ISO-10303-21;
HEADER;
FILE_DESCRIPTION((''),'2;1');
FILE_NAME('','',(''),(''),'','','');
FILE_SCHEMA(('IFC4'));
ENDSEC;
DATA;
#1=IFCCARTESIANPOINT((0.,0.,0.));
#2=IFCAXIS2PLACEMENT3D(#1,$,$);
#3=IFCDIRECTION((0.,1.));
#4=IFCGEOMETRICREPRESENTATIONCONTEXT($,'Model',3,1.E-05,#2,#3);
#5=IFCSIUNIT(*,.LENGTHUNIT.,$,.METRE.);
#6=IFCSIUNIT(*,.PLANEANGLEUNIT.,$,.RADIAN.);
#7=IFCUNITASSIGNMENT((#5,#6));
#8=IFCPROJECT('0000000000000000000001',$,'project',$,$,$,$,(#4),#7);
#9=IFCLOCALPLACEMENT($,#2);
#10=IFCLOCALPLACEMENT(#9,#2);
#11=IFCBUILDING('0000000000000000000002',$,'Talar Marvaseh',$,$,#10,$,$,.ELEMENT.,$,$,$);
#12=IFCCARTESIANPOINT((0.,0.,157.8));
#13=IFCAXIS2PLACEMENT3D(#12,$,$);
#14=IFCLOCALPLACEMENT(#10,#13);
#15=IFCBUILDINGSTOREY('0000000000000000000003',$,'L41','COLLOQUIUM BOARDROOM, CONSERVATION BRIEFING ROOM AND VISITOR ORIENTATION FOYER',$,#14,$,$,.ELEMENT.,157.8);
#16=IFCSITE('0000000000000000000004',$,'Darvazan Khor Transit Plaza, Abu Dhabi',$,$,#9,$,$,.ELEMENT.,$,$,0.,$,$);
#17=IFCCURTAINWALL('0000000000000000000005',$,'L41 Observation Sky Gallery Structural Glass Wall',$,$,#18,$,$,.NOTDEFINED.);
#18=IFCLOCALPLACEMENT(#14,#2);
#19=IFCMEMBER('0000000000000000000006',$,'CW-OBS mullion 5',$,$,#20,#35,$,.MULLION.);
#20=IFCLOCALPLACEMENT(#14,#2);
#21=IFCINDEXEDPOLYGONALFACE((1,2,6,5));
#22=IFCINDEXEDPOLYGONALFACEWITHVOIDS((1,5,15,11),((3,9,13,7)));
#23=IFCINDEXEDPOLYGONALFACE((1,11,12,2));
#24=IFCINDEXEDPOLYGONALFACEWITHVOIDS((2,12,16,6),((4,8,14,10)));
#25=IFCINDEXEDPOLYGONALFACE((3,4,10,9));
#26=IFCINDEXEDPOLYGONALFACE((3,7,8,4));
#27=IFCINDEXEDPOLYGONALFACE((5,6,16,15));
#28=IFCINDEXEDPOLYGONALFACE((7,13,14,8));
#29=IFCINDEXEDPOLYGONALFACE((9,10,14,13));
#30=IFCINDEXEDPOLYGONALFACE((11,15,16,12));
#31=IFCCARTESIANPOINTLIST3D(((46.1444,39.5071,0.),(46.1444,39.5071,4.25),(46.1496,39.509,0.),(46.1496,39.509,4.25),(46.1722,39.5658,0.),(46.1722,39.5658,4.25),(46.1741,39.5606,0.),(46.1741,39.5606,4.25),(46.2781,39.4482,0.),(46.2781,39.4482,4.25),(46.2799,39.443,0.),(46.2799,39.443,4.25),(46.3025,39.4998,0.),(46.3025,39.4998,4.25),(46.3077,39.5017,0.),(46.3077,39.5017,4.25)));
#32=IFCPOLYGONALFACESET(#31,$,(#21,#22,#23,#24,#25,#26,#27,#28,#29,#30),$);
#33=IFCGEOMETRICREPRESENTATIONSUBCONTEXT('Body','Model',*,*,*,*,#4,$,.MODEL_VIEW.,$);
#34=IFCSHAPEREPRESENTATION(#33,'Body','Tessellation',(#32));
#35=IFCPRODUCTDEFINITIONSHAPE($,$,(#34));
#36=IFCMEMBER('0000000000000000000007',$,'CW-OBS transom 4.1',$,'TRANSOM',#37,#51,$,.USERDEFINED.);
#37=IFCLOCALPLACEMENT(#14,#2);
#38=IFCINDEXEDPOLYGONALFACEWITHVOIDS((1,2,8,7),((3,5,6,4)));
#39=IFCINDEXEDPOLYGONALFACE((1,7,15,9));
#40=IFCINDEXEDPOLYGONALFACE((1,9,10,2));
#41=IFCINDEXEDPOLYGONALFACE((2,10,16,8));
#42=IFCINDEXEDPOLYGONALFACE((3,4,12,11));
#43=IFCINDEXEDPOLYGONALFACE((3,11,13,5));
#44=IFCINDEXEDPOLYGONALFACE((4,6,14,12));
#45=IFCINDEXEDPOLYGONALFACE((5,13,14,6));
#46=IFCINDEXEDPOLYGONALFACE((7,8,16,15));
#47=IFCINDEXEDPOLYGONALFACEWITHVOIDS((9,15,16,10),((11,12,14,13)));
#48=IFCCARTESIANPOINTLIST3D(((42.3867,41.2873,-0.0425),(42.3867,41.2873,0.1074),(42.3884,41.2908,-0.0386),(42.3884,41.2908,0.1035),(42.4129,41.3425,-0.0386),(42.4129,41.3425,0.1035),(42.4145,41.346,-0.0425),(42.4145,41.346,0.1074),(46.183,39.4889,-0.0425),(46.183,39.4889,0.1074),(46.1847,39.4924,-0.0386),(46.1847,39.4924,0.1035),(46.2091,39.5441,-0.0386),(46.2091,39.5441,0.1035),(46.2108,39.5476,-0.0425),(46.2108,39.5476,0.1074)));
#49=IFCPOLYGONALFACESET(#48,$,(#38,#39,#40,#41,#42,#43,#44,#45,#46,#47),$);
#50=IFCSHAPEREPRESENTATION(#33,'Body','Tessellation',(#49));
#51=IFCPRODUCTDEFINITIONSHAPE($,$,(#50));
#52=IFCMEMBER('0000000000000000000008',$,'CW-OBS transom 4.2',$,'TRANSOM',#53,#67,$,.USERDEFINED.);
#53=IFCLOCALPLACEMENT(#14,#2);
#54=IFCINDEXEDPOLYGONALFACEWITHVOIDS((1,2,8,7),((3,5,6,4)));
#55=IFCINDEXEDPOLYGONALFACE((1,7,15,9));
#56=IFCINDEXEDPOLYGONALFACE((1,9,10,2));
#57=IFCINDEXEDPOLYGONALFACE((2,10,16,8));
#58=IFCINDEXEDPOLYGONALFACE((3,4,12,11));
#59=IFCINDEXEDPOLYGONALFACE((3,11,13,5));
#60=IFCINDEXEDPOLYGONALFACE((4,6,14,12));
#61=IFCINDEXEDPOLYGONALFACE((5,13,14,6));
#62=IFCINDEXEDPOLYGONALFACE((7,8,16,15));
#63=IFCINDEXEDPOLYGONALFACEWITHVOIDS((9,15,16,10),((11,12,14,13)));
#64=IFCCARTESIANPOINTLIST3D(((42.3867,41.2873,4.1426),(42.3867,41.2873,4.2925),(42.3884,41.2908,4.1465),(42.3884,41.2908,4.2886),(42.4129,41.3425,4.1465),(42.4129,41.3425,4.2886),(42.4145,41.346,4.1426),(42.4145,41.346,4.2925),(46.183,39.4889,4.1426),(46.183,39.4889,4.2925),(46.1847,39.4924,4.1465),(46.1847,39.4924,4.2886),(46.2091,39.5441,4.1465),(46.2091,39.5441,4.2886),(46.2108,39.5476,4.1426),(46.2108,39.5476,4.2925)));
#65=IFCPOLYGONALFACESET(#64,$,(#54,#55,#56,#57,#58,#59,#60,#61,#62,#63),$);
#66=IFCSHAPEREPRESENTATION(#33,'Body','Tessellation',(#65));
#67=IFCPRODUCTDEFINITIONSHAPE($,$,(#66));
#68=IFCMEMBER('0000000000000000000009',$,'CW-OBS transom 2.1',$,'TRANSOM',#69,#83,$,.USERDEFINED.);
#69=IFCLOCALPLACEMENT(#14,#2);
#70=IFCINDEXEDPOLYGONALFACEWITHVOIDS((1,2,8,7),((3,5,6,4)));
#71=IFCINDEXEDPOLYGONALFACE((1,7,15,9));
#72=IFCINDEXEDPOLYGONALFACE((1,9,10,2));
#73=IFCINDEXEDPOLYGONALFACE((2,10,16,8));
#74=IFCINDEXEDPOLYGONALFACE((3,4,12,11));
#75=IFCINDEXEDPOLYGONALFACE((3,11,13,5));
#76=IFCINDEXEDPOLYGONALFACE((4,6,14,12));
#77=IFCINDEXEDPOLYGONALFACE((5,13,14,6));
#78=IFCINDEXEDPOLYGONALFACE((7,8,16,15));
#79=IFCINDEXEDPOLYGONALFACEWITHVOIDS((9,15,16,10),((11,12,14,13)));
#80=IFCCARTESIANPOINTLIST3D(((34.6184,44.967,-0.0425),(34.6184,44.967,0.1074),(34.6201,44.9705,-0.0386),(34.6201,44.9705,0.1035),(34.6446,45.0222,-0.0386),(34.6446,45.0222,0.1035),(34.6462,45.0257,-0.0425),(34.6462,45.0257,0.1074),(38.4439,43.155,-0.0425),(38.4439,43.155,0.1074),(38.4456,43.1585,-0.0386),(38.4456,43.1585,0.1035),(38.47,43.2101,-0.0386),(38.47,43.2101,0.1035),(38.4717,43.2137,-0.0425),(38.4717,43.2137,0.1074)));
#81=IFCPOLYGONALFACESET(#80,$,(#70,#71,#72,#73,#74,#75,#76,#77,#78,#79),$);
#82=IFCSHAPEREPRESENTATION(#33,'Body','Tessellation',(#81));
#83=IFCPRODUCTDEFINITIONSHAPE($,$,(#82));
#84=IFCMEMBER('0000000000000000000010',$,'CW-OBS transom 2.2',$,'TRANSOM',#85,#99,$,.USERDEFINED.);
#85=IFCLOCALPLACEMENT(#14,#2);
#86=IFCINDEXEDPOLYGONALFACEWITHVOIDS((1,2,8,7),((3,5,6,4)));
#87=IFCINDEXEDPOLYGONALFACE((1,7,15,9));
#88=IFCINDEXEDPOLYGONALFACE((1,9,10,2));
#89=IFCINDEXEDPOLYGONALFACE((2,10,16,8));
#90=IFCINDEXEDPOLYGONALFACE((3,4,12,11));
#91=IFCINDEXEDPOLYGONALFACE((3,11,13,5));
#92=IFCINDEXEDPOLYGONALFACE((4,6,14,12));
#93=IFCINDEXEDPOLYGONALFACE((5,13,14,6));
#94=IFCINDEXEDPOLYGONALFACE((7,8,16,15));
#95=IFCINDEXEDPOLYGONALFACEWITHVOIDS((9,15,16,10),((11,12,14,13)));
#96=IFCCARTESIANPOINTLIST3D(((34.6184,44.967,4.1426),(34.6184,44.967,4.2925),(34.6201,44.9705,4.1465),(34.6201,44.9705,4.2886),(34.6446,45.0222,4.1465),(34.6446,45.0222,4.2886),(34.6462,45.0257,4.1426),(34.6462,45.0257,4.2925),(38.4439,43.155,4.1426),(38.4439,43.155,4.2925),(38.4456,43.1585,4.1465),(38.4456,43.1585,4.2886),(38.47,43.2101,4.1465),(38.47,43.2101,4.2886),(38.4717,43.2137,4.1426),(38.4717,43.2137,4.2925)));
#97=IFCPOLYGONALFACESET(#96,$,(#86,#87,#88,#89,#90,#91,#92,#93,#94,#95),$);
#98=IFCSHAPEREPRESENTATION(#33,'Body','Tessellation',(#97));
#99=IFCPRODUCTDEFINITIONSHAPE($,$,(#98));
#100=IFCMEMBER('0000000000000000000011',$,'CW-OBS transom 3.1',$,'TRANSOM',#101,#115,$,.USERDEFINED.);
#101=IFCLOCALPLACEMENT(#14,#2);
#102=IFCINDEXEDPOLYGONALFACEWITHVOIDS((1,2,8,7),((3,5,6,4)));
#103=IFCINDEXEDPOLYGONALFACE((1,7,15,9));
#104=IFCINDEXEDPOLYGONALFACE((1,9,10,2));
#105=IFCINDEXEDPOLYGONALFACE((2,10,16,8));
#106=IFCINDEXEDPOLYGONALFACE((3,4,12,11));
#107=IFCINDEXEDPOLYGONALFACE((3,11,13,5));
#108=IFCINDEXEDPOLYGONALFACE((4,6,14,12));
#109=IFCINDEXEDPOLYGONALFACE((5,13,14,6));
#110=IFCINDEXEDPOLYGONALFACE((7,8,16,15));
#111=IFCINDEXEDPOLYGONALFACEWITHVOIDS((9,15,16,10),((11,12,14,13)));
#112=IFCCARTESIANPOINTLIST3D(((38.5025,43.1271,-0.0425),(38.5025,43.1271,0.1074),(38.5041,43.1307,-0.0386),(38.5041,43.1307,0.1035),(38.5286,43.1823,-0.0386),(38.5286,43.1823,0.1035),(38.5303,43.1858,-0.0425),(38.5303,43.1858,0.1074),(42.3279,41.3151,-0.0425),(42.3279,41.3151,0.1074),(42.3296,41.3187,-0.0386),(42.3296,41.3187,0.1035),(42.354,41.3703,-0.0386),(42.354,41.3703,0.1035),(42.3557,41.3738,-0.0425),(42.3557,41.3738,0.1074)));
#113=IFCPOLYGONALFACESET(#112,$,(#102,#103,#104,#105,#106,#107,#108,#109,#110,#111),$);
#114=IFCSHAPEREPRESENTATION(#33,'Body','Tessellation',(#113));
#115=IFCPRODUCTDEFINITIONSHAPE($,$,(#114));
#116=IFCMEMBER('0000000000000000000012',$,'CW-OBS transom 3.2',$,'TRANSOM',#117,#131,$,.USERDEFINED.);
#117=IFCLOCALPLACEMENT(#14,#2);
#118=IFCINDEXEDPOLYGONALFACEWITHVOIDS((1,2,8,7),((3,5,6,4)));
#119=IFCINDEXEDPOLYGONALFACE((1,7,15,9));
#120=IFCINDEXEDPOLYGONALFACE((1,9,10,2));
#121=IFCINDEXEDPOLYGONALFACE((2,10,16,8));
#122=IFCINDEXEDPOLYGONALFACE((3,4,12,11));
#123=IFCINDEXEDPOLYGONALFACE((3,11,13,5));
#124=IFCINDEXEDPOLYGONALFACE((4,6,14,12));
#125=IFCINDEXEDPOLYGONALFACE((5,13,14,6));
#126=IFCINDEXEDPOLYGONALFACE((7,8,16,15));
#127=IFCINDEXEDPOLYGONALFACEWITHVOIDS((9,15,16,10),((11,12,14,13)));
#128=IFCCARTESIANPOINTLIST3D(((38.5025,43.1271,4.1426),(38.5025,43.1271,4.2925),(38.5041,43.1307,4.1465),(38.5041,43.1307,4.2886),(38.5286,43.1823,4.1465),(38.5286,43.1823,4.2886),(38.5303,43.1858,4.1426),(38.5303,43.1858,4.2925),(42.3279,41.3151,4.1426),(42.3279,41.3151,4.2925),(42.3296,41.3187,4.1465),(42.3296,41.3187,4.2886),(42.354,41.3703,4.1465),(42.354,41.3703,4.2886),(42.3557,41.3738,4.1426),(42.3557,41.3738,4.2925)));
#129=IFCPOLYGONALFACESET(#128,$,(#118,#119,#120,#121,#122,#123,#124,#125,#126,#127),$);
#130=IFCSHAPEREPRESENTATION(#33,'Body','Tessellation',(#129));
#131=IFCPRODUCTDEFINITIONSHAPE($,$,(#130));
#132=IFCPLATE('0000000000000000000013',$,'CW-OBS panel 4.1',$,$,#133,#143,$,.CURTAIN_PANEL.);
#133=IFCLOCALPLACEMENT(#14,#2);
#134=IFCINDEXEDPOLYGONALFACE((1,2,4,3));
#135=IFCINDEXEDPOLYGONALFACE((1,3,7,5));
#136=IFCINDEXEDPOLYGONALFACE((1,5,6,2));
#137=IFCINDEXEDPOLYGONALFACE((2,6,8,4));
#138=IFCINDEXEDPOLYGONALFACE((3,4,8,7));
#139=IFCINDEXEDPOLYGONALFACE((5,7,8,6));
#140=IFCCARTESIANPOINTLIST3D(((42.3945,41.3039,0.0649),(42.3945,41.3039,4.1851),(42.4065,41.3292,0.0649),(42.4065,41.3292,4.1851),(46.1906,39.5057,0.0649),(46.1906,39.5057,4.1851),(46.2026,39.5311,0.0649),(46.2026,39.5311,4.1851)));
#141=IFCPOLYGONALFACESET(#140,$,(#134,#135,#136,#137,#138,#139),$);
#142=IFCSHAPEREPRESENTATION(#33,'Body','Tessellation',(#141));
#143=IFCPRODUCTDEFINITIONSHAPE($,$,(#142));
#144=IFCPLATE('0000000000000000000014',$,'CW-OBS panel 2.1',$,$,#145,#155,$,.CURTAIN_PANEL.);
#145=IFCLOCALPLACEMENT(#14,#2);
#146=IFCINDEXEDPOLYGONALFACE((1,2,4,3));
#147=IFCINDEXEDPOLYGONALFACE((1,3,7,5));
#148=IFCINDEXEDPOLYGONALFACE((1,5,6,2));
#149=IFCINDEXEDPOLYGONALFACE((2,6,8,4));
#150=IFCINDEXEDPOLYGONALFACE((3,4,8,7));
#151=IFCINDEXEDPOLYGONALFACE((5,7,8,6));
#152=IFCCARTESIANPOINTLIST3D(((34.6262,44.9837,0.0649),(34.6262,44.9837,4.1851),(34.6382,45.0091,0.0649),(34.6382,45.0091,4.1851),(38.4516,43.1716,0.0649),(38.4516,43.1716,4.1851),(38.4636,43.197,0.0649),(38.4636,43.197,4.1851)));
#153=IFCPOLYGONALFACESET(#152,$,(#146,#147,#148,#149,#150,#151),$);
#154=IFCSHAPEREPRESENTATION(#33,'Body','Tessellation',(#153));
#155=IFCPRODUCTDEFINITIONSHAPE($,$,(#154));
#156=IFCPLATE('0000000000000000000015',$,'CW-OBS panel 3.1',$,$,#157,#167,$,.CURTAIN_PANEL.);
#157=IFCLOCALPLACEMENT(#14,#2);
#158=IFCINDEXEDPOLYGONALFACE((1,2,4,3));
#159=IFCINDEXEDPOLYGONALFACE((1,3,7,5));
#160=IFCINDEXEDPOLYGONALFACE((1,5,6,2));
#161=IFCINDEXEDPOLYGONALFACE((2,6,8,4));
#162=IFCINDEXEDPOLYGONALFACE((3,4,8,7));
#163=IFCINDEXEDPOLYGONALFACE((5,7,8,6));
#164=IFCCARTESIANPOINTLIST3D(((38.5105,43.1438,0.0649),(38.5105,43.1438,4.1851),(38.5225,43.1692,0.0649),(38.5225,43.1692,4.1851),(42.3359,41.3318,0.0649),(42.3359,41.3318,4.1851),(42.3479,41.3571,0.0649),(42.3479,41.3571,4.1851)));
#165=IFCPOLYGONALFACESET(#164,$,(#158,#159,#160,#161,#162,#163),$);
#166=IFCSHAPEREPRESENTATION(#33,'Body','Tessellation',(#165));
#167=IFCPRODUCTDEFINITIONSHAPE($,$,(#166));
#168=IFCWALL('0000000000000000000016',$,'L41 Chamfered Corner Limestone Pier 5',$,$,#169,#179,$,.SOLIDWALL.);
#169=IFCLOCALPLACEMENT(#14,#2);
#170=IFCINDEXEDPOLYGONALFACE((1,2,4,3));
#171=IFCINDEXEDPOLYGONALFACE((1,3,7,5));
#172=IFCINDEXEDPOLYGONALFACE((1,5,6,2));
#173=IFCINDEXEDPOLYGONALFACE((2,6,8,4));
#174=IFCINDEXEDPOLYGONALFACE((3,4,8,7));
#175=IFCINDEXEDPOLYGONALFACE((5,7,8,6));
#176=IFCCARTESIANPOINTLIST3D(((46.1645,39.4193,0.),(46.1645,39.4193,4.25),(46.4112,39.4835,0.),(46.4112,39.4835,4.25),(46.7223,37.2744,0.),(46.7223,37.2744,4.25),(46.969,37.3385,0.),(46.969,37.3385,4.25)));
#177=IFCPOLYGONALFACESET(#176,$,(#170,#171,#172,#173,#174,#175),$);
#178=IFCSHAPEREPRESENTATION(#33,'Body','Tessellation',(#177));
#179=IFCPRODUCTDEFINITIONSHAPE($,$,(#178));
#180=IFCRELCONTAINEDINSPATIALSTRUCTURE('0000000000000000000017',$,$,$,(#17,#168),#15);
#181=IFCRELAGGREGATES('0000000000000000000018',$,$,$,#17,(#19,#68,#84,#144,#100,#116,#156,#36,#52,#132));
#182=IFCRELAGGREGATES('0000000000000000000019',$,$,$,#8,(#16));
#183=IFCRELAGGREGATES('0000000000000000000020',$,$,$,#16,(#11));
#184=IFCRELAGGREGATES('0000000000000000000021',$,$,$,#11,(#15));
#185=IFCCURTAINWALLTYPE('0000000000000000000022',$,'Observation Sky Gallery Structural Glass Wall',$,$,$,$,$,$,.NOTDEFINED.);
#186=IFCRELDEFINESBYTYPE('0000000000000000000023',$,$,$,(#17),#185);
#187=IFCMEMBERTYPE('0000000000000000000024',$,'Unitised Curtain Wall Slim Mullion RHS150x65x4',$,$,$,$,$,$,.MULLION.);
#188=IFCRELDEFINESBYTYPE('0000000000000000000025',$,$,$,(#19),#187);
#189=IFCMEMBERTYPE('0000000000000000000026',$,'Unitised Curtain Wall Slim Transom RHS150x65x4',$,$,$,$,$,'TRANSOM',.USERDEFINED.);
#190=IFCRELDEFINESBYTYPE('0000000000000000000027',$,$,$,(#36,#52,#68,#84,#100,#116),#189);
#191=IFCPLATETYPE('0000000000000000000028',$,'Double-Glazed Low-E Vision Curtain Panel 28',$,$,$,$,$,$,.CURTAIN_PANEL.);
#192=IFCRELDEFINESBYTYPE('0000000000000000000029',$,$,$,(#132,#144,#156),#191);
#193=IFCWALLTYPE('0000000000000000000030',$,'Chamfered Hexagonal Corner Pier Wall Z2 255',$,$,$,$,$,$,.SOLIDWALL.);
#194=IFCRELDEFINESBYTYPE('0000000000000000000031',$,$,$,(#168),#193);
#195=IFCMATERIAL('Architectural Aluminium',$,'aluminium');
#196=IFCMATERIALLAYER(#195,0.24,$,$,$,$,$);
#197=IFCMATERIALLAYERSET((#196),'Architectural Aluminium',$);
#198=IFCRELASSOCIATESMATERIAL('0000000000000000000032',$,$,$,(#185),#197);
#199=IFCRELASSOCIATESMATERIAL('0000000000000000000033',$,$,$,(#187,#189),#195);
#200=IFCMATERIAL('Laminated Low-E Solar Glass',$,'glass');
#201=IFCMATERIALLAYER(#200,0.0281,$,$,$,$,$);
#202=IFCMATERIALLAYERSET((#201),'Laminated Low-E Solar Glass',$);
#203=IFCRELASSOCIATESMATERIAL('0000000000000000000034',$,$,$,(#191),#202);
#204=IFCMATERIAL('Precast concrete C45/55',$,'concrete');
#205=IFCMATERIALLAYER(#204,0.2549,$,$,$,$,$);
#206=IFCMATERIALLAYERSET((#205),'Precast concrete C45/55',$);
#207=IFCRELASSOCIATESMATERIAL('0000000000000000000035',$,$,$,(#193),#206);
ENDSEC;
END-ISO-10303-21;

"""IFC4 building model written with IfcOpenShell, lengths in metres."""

from ifc_helpers import new_model, si_unit, direction, frame, frame_2d, origin, origin_2d, place, context, subcontext, project, spatial, rectangle, hollow_rectangle, extrude, source, transform, mapped, material, layer, layer_set, material_profile, profile_set, type_object, type_shapes, element, aggregate, save


model = new_model("IFC4")

# Units and contexts
model_context = context("Model", 3, precision=1e-05, world=origin(), true_north=direction((0.0, 1.0)))
body_context = subcontext(model_context, "Body", "Model", "MODEL_VIEW")
ifc_project = project(units=[si_unit("LENGTHUNIT", "METRE"), si_unit("PLANEANGLEUNIT", "RADIAN")], contexts=[model_context])

# Site, building, storey
site_placement = place(None, origin())
site = spatial("IfcSite", under=ifc_project, at=site_placement, Name="Darvazan Khor Transit Plaza, Abu Dhabi", CompositionType="ELEMENT", RefElevation=0.0)
building_placement = place(site_placement, origin())
building = spatial("IfcBuilding", under=site, at=building_placement, Name="Talar Marvaseh", CompositionType="ELEMENT")
storey_placement = place(building_placement, frame((0.0, 0.0, 157.8)))
storey = spatial("IfcBuildingStorey", under=building, at=storey_placement, Name="L41", Description="COLLOQUIUM BOARDROOM, CONSERVATION BRIEFING ROOM AND VISITOR ORIENTATION FOYER", CompositionType="ELEMENT", Elevation=157.8)

# Curtain wall, members, plates
ifc_material_1 = material(Name="Architectural Aluminium", Category="aluminium")
ifc_layer_1 = layer(ifc_material_1, 0.24)
ifc_layer_set_1 = layer_set([ifc_layer_1], Name="Architectural Aluminium")
curtain_wall_type = type_object("IfcCurtainWallType", Name="Observation Sky Gallery Structural Glass Wall", PredefinedType="NOTDEFINED", material=ifc_layer_set_1)
curtain_wall_placement = place(storey_placement, origin())
curtain_wall = element("IfcCurtainWall", 1, at=curtain_wall_placement, inside=storey, type_object=curtain_wall_type, Name="L41 Observation Sky Gallery Structural Glass Wall", PredefinedType="NOTDEFINED")
ifc_material_profile_1 = material_profile(ifc_material_1, hollow_rectangle(XDim=0.0649, YDim=0.1499, WallThickness=0.0039, at=origin_2d()), Name="RHS150x65x4")
ifc_profile_set_1 = profile_set([ifc_material_profile_1], Name="Architectural Aluminium")
member_type_1 = type_object("IfcMemberType", Name="Unitised Curtain Wall Slim Mullion RHS150x65x4", PredefinedType="MULLION", material=ifc_profile_set_1)
shared_shape_1 = source(origin(), body_context, "Body", "SweptSolid", [
    extrude(hollow_rectangle(XDim=0.0649, YDim=0.1499, WallThickness=0.0039, at=origin_2d()), origin(), (0.0, 0.0, 1.0), 4.25),
])
type_shapes(member_type_1, [shared_shape_1])
member_1_placement = place(storey_placement, frame((46.2261, 39.5044, 0.0), z_axis=(0.0, 0.0, 1.0), x_axis=(0.428089, 0.903737, 0.0)))
member_1 = element("IfcMember", 2, at=member_1_placement, type_object=member_type_1, Name="CW-OBS mullion 5", PredefinedType="MULLION", context=body_context, shape_type="MappedRepresentation", body=[
    mapped(shared_shape_1, transform((0.0, 0.0, 0.0), x_axis=(1.0, 0.0, 0.0), y_axis=(0.0, 1.0, 0.0), z_axis=(0.0, 0.0, 1.0), scale=1.0)),
])
ifc_material_profile_2 = material_profile(ifc_material_1, hollow_rectangle(XDim=0.0649, YDim=0.1499, WallThickness=0.0039, at=origin_2d()), Name="RHS150x65x4")
ifc_profile_set_2 = profile_set([ifc_material_profile_2], Name="Architectural Aluminium")
member_type_2 = type_object("IfcMemberType", Name="Unitised Curtain Wall Slim Transom RHS150x65x4", ElementType="TRANSOM", PredefinedType="USERDEFINED", material=ifc_profile_set_2)
shared_shape_2 = source(origin(), body_context, "Body", "SweptSolid", [
    extrude(hollow_rectangle(XDim=0.0649, YDim=0.1499, WallThickness=0.0039, at=origin_2d()), origin(), (0.0, 0.0, 1.0), 4.2007),
])
member_2_placement = place(storey_placement, frame((42.4006, 41.3167, 0.0325), z_axis=(0.903722, -0.428119, 0.0), x_axis=(0.428119, 0.903722, 0.0)))
member_2 = element("IfcMember", 3, at=member_2_placement, type_object=member_type_2, Name="CW-OBS transom 4.1", ObjectType="TRANSOM", PredefinedType="USERDEFINED", context=body_context, shape_type="MappedRepresentation", body=[
    mapped(shared_shape_2, transform((0.0, 0.0, 0.0), x_axis=(1.0, 0.0, 0.0), y_axis=(0.0, 1.0, 0.0), z_axis=(0.0, 0.0, 1.0), scale=1.0)),
])
member_3_placement = place(storey_placement, frame((42.4006, 41.3167, 4.2175), z_axis=(0.903722, -0.428119, 0.0), x_axis=(0.428119, 0.903722, 0.0)))
member_3 = element("IfcMember", 4, at=member_3_placement, type_object=member_type_2, Name="CW-OBS transom 4.2", ObjectType="TRANSOM", PredefinedType="USERDEFINED", context=body_context, shape_type="MappedRepresentation", body=[
    mapped(shared_shape_2, transform((0.0, 0.0, 0.0), x_axis=(1.0, 0.0, 0.0), y_axis=(0.0, 1.0, 0.0), z_axis=(0.0, 0.0, 1.0), scale=1.0)),
])
shared_shape_3 = source(origin(), body_context, "Body", "SweptSolid", [
    extrude(hollow_rectangle(XDim=0.0649, YDim=0.1499, WallThickness=0.0039, at=origin_2d()), origin(), (0.0, 0.0, 1.0), 4.2329),
])
type_shapes(member_type_2, [shared_shape_2, shared_shape_3])
member_4_placement = place(storey_placement, frame((34.6323, 44.9963, 0.0325), z_axis=(0.903741, -0.428079, 0.0), x_axis=(0.428079, 0.903741, 0.0)))
member_4 = element("IfcMember", 5, at=member_4_placement, type_object=member_type_2, Name="CW-OBS transom 2.1", ObjectType="TRANSOM", PredefinedType="USERDEFINED", context=body_context, shape_type="MappedRepresentation", body=[
    mapped(shared_shape_3, transform((0.0, 0.0, 0.0), x_axis=(1.0, 0.0, 0.0), y_axis=(0.0, 1.0, 0.0), z_axis=(0.0, 0.0, 1.0), scale=1.0)),
])
member_5_placement = place(storey_placement, frame((34.6323, 44.9963, 4.2175), z_axis=(0.903741, -0.428079, 0.0), x_axis=(0.428079, 0.903741, 0.0)))
member_5 = element("IfcMember", 6, at=member_5_placement, type_object=member_type_2, Name="CW-OBS transom 2.2", ObjectType="TRANSOM", PredefinedType="USERDEFINED", context=body_context, shape_type="MappedRepresentation", body=[
    mapped(shared_shape_3, transform((0.0, 0.0, 0.0), x_axis=(1.0, 0.0, 0.0), y_axis=(0.0, 1.0, 0.0), z_axis=(0.0, 0.0, 1.0), scale=1.0)),
])
member_6_placement = place(storey_placement, frame((38.5164, 43.1565, 0.0325), z_axis=(0.903741, -0.428079, 0.0), x_axis=(0.428079, 0.903741, 0.0)))
member_6 = element("IfcMember", 7, at=member_6_placement, type_object=member_type_2, Name="CW-OBS transom 3.1", ObjectType="TRANSOM", PredefinedType="USERDEFINED", context=body_context, shape_type="MappedRepresentation", body=[
    mapped(shared_shape_3, transform((0.0, 0.0, 0.0), x_axis=(1.0, 0.0, 0.0), y_axis=(0.0, 1.0, 0.0), z_axis=(0.0, 0.0, 1.0), scale=1.0)),
])
member_7_placement = place(storey_placement, frame((38.5164, 43.1565, 4.2175), z_axis=(0.903741, -0.428079, 0.0), x_axis=(0.428079, 0.903741, 0.0)))
member_7 = element("IfcMember", 8, at=member_7_placement, type_object=member_type_2, Name="CW-OBS transom 3.2", ObjectType="TRANSOM", PredefinedType="USERDEFINED", context=body_context, shape_type="MappedRepresentation", body=[
    mapped(shared_shape_3, transform((0.0, 0.0, 0.0), x_axis=(1.0, 0.0, 0.0), y_axis=(0.0, 1.0, 0.0), z_axis=(0.0, 0.0, 1.0), scale=1.0)),
])
ifc_material_2 = material(Name="Laminated Low-E Solar Glass", Category="glass")
ifc_layer_2 = layer(ifc_material_2, 0.0281)
ifc_layer_set_2 = layer_set([ifc_layer_2], Name="Laminated Low-E Solar Glass")
plate_type = type_object("IfcPlateType", Name="Double-Glazed Low-E Vision Curtain Panel 28", PredefinedType="CURTAIN_PANEL", material=ifc_layer_set_2)
shared_shape_4 = source(origin(), body_context, "Body", "SweptSolid", [
    extrude(rectangle(XDim=4.2004, YDim=0.0281, at=origin_2d()), origin(), (0.0, 0.0, 1.0), 4.1201),
])
plate_1_placement = place(storey_placement, frame((44.2986, 40.4175, 0.0649), z_axis=(0.0, 0.0, 1.0), x_axis=(0.903737, -0.428089, 0.0)))
plate_1 = element("IfcPlate", 9, at=plate_1_placement, type_object=plate_type, Name="CW-OBS panel 4.1", PredefinedType="CURTAIN_PANEL", context=body_context, shape_type="MappedRepresentation", body=[
    mapped(shared_shape_4, transform((0.0, 0.0, 0.0), x_axis=(1.0, 0.0, 0.0), y_axis=(0.0, 1.0, 0.0), z_axis=(0.0, 0.0, 1.0), scale=1.0)),
])
shared_shape_5 = source(origin(), body_context, "Body", "SweptSolid", [
    extrude(rectangle(XDim=4.2329, YDim=0.0281, at=origin_2d()), origin(), (0.0, 0.0, 1.0), 4.1201),
])
type_shapes(plate_type, [shared_shape_4, shared_shape_5])
plate_2_placement = place(storey_placement, frame((36.5449, 44.0903, 0.0649), z_axis=(0.0, 0.0, 1.0), x_axis=(0.903737, -0.428089, 0.0)))
plate_2 = element("IfcPlate", 10, at=plate_2_placement, type_object=plate_type, Name="CW-OBS panel 2.1", PredefinedType="CURTAIN_PANEL", context=body_context, shape_type="MappedRepresentation", body=[
    mapped(shared_shape_5, transform((0.0, 0.0, 0.0), x_axis=(1.0, 0.0, 0.0), y_axis=(0.0, 1.0, 0.0), z_axis=(0.0, 0.0, 1.0), scale=1.0)),
])
plate_3_placement = place(storey_placement, frame((40.4292, 42.2505, 0.0649), z_axis=(0.0, 0.0, 1.0), x_axis=(0.903737, -0.428089, 0.0)))
plate_3 = element("IfcPlate", 11, at=plate_3_placement, type_object=plate_type, Name="CW-OBS panel 3.1", PredefinedType="CURTAIN_PANEL", context=body_context, shape_type="MappedRepresentation", body=[
    mapped(shared_shape_5, transform((0.0, 0.0, 0.0), x_axis=(1.0, 0.0, 0.0), y_axis=(0.0, 1.0, 0.0), z_axis=(0.0, 0.0, 1.0), scale=1.0)),
])
aggregate(curtain_wall, [member_1, member_4, member_5, plate_2, member_6, member_7, plate_3, member_2, member_3, plate_1])

# Wall
ifc_material_3 = material(Name="Precast concrete C45/55", Category="concrete")
ifc_layer_3 = layer(ifc_material_3, 0.2549)
ifc_layer_set_3 = layer_set([ifc_layer_3], Name="Precast concrete C45/55")
wall_type_1 = type_object("IfcWallType", Name="Chamfered Hexagonal Corner Pier Wall Z2 255", PredefinedType="SOLIDWALL", material=ifc_layer_set_3)
wall_1_placement = place(storey_placement, frame((46.2878, 39.4514, 0.0), z_axis=(0.0, 0.0, 1.0), x_axis=(0.2517, -0.967805, 0.0)))
element("IfcWall", 12, at=wall_1_placement, inside=storey, type_object=wall_type_1, Name="L41 Chamfered Corner Limestone Pier 5", PredefinedType="SOLIDWALL", context=body_context, shape_type="SweptSolid", body=[
    extrude(rectangle(XDim=2.2163, YDim=0.2549, at=frame_2d((1.1082, 0.0))), origin(), (0.0, 0.0, 1.0), 4.25),
])

save(model, "model.ifc")
